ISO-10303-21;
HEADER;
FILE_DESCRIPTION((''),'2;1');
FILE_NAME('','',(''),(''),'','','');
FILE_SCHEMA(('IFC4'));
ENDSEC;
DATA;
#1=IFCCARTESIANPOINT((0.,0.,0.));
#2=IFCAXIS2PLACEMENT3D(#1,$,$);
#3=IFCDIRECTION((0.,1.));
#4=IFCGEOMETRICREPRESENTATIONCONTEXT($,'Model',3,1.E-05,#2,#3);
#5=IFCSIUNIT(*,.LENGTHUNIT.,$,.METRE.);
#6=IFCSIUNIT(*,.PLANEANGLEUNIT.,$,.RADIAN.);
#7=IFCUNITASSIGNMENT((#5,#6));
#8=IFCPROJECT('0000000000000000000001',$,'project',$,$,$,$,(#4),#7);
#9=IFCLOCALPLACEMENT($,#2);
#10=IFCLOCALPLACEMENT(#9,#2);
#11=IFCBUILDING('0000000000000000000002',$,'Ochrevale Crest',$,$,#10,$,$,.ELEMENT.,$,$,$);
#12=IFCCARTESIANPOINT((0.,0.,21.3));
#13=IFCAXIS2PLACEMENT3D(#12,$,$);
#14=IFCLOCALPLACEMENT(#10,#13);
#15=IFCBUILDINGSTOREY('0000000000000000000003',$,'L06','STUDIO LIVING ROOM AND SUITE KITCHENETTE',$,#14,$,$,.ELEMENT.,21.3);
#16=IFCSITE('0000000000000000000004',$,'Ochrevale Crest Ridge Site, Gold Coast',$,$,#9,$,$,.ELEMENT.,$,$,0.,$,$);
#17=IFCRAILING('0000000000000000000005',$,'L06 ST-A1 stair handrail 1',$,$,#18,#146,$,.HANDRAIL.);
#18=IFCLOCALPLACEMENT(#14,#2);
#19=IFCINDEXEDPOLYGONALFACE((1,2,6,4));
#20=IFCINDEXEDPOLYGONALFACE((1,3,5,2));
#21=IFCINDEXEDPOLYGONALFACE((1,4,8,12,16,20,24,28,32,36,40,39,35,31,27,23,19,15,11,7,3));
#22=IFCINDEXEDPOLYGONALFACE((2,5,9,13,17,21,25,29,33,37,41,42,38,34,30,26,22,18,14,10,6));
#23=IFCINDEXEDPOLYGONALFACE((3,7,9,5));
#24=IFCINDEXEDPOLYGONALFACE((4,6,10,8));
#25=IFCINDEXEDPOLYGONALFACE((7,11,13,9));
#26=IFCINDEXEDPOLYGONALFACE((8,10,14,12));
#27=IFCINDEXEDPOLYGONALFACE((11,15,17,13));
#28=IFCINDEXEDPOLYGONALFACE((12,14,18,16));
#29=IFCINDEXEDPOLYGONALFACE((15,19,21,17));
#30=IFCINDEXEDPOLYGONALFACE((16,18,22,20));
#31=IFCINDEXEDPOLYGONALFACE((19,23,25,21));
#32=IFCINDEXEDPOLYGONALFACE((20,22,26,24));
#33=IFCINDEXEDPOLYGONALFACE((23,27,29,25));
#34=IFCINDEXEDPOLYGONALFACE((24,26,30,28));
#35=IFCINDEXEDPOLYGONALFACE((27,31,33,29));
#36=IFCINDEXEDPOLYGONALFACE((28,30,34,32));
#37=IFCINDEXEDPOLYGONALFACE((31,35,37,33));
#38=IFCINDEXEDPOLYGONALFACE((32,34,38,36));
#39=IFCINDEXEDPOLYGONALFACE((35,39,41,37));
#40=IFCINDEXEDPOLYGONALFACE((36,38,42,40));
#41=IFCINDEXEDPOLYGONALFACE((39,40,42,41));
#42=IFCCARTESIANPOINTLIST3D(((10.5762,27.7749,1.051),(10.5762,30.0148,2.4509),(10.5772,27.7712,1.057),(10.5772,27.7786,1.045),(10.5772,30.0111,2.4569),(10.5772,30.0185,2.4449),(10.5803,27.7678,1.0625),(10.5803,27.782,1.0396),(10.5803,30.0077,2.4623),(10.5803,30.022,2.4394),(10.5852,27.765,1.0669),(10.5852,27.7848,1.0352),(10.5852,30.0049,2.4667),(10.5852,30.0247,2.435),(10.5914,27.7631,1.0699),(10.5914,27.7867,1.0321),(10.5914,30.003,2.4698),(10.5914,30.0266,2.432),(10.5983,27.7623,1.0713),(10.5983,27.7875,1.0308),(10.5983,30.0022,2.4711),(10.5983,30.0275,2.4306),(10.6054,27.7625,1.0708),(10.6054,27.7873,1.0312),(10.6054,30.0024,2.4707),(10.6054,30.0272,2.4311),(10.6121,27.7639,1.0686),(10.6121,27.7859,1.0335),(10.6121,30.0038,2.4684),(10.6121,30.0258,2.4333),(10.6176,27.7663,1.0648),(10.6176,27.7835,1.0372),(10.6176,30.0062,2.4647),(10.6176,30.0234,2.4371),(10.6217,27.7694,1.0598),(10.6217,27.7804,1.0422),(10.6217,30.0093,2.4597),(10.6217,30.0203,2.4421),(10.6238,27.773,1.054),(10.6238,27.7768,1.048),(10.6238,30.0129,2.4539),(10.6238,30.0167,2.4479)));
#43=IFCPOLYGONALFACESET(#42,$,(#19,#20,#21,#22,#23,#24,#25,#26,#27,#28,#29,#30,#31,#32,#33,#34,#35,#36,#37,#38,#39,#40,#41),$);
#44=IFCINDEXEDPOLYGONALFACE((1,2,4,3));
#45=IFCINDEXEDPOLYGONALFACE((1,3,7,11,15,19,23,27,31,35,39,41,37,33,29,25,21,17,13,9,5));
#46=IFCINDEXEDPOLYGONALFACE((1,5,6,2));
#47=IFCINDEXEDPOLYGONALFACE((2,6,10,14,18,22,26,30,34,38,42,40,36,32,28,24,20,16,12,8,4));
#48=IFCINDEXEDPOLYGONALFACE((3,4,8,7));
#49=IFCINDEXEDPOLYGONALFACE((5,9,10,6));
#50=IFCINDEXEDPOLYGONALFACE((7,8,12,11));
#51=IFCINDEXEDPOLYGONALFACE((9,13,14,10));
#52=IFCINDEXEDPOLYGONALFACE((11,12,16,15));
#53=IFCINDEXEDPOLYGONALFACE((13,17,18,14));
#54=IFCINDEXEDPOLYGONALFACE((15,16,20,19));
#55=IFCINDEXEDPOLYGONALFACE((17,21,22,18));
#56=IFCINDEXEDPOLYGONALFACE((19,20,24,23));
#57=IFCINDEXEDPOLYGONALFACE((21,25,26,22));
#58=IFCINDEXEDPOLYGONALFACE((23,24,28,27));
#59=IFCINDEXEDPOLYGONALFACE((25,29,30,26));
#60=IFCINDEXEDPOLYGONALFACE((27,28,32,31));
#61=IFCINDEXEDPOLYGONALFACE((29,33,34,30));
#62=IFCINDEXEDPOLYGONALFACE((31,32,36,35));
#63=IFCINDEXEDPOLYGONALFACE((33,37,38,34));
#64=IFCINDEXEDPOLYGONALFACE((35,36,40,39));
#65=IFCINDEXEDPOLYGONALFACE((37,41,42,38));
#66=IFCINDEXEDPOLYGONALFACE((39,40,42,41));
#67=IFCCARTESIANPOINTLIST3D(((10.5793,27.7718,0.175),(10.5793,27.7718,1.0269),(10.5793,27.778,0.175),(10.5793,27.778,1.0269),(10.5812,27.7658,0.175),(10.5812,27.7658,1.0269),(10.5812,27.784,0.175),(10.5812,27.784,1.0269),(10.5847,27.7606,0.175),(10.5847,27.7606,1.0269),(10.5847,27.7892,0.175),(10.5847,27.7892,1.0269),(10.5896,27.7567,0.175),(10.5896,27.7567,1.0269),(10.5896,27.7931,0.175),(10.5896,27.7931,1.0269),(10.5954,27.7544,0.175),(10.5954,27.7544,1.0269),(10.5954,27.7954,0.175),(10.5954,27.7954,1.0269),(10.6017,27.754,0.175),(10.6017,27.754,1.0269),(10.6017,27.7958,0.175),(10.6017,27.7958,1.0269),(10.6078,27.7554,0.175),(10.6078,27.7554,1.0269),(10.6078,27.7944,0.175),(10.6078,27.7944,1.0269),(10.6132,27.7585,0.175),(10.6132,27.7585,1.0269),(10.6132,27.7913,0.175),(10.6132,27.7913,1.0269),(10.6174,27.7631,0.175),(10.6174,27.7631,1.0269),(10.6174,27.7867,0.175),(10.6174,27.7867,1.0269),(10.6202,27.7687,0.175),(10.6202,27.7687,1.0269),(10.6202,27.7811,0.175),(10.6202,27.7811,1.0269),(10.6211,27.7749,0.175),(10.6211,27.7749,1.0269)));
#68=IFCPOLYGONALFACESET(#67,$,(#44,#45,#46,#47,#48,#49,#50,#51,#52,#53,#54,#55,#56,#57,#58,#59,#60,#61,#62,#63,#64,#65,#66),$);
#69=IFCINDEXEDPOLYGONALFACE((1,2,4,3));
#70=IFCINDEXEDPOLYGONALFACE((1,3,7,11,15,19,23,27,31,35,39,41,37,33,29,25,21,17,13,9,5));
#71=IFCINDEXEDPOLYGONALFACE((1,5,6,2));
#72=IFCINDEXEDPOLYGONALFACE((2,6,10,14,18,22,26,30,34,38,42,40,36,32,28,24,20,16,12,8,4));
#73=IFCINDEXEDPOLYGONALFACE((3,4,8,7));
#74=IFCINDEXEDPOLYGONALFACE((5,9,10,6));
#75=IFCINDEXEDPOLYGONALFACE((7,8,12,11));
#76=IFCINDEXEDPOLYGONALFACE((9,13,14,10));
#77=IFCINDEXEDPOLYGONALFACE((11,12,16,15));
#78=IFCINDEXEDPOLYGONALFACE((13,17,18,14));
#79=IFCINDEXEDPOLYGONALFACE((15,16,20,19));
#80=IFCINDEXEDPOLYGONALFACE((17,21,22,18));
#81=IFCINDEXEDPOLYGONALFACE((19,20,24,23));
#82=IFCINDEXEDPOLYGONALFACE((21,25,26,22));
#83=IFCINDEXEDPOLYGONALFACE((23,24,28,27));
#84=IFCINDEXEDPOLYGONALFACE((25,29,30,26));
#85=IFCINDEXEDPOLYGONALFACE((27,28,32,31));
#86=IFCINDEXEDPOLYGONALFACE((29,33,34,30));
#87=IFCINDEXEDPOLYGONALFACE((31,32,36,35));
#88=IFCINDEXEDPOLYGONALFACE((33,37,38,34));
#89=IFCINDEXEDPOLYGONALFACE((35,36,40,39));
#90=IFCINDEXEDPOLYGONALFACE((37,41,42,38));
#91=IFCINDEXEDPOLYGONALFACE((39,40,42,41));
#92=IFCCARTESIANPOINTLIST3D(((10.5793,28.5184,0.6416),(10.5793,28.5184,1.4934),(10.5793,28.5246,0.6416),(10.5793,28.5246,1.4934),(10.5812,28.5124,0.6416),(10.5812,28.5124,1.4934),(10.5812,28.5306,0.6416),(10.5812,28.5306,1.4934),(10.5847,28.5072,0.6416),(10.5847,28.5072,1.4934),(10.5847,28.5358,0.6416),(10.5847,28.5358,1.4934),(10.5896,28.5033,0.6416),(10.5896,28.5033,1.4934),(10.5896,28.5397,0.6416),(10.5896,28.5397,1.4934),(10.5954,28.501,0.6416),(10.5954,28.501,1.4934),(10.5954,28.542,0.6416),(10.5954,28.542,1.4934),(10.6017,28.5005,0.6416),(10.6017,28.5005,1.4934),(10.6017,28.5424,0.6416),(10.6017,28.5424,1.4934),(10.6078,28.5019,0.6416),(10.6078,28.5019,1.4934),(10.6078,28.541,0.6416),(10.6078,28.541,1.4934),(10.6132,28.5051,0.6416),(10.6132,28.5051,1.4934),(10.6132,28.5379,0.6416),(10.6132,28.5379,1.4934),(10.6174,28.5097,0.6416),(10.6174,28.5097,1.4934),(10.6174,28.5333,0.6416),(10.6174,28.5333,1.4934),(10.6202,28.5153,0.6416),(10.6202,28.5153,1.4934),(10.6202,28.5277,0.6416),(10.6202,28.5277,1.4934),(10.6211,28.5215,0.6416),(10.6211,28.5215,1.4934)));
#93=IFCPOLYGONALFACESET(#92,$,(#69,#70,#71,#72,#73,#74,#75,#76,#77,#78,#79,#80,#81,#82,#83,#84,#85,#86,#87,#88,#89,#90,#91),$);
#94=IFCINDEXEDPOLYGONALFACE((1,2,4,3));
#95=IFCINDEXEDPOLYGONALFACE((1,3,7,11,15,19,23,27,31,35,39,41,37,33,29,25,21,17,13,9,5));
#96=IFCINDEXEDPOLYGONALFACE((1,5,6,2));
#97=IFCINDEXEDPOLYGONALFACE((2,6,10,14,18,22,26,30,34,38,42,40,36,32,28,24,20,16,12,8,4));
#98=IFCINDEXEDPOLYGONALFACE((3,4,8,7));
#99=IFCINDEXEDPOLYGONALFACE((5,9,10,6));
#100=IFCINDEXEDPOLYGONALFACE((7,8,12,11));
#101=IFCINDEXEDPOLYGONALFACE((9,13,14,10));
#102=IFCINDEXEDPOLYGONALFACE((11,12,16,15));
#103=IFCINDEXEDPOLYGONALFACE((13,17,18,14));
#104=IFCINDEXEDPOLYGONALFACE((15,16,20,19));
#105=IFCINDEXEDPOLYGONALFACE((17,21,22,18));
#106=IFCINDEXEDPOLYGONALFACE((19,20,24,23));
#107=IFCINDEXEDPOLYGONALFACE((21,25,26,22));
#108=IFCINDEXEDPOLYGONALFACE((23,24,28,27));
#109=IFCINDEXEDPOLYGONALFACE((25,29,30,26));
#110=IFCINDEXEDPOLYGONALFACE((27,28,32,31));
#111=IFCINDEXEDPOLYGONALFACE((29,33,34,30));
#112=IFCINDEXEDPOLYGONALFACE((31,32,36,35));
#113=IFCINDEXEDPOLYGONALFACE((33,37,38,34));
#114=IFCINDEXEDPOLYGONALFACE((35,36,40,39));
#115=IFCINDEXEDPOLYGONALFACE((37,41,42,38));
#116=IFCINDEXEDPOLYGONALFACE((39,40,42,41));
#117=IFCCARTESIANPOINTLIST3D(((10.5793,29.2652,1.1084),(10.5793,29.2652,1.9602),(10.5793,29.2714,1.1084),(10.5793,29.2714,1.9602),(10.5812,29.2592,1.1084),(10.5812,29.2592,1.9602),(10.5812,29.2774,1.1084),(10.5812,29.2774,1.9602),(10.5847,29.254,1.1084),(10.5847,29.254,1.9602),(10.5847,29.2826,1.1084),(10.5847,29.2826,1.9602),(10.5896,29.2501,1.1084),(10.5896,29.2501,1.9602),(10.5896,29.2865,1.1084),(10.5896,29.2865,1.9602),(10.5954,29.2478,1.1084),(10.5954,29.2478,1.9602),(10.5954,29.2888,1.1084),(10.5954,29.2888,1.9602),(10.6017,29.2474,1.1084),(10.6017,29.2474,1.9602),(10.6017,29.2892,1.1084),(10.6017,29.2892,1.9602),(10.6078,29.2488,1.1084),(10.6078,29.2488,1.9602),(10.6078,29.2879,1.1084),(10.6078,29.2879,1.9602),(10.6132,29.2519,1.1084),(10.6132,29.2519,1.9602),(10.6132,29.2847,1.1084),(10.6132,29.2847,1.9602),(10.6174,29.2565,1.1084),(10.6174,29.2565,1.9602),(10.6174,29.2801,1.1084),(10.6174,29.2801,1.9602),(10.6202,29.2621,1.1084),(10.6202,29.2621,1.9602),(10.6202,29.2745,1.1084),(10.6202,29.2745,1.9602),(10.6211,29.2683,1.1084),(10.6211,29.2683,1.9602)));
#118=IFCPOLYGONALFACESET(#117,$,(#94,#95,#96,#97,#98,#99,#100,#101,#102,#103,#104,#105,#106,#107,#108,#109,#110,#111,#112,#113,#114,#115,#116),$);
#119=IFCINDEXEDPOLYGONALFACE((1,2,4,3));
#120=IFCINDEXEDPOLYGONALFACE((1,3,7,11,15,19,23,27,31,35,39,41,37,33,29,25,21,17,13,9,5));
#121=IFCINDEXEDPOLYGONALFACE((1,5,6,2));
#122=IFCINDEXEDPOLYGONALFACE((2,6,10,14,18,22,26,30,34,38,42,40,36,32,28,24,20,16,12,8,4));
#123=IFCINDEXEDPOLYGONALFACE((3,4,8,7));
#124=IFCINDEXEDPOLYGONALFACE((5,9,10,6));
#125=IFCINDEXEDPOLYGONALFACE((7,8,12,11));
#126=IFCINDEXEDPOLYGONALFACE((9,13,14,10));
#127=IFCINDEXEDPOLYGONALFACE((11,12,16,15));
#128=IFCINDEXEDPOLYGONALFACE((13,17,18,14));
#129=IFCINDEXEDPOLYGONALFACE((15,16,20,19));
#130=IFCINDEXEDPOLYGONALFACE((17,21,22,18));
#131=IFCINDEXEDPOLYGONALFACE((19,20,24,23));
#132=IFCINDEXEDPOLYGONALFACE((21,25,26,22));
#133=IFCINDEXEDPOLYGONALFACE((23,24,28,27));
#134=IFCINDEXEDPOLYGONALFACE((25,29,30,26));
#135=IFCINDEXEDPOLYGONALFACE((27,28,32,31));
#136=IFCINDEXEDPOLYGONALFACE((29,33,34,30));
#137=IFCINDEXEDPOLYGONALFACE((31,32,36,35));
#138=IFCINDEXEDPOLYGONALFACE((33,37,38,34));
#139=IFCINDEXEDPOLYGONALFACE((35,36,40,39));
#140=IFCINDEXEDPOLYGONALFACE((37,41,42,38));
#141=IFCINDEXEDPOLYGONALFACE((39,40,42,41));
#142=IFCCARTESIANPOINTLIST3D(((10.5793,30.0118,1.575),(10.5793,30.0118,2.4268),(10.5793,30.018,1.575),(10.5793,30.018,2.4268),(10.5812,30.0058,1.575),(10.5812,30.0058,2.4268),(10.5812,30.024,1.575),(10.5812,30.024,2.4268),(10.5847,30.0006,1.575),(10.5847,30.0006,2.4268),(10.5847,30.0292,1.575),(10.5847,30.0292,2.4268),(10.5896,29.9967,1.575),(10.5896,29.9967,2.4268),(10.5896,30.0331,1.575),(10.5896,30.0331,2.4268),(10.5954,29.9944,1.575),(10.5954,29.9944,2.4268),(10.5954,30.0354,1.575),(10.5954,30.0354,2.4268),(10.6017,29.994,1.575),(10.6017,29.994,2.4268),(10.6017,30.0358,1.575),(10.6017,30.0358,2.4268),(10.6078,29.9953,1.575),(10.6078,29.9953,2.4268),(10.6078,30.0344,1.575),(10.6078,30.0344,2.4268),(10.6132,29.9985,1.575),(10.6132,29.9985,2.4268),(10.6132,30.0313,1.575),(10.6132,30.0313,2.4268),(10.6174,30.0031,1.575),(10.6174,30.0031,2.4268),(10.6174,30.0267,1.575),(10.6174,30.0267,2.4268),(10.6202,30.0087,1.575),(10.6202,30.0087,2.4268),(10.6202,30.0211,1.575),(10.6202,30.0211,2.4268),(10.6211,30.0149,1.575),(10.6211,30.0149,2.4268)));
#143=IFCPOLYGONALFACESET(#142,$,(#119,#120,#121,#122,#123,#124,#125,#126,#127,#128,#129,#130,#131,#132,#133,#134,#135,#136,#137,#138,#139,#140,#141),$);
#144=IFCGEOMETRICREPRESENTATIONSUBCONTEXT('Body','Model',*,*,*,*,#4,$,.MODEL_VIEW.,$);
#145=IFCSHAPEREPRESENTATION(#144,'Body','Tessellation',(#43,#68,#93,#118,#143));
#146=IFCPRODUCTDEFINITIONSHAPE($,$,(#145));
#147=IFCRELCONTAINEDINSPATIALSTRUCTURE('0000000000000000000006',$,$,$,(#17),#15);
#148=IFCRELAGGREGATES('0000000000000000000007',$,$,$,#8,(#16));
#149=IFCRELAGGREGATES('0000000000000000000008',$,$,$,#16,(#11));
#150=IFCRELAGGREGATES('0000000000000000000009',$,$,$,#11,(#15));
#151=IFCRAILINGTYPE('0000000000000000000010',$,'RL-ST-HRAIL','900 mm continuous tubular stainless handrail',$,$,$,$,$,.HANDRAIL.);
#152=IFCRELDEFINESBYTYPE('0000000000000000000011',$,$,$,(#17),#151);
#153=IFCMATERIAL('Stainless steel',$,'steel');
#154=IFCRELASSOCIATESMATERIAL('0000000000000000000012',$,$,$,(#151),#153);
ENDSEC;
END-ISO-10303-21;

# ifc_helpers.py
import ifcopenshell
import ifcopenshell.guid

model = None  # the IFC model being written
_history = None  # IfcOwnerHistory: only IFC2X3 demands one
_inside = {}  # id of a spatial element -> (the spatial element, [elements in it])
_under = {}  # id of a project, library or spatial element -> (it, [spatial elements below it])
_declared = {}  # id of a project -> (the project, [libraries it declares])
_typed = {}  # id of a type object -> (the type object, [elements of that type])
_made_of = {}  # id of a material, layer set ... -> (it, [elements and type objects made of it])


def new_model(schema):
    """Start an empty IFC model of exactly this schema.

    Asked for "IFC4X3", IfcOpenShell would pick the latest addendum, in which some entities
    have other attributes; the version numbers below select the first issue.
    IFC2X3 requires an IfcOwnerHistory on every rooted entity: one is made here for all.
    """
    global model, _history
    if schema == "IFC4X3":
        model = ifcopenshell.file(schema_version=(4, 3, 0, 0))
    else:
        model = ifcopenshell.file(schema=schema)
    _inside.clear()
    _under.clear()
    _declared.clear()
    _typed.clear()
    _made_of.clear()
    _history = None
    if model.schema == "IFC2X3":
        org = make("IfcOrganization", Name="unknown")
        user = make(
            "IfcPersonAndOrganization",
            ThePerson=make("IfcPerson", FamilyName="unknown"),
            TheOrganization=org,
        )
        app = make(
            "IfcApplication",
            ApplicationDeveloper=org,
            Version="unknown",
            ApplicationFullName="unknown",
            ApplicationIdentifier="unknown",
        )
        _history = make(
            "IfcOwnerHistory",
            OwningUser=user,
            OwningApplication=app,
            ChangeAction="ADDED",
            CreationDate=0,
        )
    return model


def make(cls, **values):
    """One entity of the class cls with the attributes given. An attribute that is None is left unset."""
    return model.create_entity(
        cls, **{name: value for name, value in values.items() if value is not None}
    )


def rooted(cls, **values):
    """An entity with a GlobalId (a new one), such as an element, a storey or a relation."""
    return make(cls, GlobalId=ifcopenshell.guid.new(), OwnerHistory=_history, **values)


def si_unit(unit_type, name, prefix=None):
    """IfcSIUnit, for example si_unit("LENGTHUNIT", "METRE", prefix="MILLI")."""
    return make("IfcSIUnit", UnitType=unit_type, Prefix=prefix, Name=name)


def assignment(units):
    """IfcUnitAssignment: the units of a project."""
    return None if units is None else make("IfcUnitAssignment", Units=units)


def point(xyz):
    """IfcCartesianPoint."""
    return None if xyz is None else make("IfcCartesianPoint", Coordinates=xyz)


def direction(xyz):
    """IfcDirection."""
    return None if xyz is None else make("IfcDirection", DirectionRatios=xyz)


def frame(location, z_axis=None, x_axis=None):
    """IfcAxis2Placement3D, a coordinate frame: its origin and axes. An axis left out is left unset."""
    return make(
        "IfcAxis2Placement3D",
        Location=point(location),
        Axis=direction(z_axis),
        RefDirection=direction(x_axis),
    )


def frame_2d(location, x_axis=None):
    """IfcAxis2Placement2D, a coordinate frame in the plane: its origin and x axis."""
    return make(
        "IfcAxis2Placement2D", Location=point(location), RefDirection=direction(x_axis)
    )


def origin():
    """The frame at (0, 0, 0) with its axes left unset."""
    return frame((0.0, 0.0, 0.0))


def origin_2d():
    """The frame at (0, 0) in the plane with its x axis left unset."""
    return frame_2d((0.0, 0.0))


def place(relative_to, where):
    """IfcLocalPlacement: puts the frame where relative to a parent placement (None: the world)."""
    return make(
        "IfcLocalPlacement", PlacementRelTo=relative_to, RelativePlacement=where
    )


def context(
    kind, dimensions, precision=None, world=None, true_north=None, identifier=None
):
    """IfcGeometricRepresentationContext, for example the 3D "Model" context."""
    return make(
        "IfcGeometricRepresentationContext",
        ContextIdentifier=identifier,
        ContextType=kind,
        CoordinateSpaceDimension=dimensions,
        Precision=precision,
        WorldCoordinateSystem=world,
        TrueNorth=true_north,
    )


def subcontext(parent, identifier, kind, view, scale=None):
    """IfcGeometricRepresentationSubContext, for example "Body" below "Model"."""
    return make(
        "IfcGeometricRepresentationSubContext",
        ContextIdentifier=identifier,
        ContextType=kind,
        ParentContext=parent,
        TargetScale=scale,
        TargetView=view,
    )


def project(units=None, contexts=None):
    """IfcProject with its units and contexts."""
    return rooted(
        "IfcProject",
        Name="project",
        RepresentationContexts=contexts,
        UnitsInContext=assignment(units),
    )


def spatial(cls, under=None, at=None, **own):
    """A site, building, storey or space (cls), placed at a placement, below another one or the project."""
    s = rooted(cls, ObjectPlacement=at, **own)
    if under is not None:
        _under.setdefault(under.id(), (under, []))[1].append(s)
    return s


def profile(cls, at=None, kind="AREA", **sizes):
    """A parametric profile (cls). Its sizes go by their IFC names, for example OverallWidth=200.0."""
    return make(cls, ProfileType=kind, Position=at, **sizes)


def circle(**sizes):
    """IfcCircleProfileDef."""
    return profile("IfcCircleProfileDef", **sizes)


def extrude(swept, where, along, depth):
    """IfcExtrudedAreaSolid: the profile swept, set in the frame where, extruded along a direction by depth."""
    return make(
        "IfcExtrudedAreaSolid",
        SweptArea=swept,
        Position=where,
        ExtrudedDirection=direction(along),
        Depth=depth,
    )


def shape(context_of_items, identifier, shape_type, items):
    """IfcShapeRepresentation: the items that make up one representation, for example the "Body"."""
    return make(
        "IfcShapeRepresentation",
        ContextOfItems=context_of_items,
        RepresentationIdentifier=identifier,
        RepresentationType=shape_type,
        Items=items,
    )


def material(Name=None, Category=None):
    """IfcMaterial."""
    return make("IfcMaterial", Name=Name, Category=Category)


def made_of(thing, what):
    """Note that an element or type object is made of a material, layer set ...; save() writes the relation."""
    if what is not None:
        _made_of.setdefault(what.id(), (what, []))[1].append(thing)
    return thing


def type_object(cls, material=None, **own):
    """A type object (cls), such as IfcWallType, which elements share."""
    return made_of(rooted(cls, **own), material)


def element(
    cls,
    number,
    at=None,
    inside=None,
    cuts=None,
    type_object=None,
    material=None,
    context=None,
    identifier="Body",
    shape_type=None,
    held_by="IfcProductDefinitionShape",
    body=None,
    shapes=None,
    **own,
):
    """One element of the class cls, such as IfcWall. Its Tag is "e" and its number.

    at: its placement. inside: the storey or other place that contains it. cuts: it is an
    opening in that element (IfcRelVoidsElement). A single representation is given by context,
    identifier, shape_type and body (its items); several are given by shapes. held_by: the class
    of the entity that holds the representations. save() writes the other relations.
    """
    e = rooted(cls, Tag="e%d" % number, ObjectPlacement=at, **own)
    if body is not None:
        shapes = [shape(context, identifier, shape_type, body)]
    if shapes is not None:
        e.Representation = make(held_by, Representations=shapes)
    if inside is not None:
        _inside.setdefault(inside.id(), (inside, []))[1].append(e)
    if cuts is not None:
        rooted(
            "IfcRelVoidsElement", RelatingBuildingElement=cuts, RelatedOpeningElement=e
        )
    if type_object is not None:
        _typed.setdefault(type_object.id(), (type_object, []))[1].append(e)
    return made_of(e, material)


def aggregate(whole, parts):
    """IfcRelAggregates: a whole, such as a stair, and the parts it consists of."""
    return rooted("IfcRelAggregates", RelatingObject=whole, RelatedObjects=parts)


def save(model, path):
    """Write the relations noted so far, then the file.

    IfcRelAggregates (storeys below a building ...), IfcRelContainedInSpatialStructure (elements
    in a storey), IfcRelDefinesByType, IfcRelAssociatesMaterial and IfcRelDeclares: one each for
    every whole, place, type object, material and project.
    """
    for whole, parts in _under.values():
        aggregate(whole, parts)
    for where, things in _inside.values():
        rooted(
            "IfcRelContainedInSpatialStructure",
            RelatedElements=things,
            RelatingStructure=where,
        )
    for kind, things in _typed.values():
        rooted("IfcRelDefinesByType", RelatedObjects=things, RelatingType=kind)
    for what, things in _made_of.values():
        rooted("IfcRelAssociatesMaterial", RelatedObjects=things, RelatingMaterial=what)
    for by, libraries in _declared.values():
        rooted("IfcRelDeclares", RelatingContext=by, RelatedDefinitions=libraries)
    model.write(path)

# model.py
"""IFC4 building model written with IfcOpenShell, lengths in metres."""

from ifc_helpers import new_model, si_unit, direction, frame, origin, origin_2d, place, context, subcontext, project, spatial, circle, extrude, material, type_object, element, save


model = new_model("IFC4")

# Units and contexts
model_context = context("Model", 3, precision=1e-05, world=origin(), true_north=direction((0.0, 1.0)))
body_context = subcontext(model_context, "Body", "Model", "MODEL_VIEW")
ifc_project = project(units=[si_unit("LENGTHUNIT", "METRE"), si_unit("PLANEANGLEUNIT", "RADIAN")], contexts=[model_context])

# Site, building, storey
site_placement = place(None, origin())
site = spatial("IfcSite", under=ifc_project, at=site_placement, Name="Ochrevale Crest Ridge Site, Gold Coast", CompositionType="ELEMENT", RefElevation=0.0)
building_placement = place(site_placement, origin())
building = spatial("IfcBuilding", under=site, at=building_placement, Name="Ochrevale Crest", CompositionType="ELEMENT")
storey_placement = place(building_placement, frame((0.0, 0.0, 21.3)))
storey = spatial("IfcBuildingStorey", under=building, at=storey_placement, Name="L06", Description="STUDIO LIVING ROOM AND SUITE KITCHENETTE", CompositionType="ELEMENT", Elevation=21.3)

# Railing
ifc_material_1 = material(Name="Stainless steel", Category="steel")
railing_type_1 = type_object("IfcRailingType", Name="RL-ST-HRAIL", Description="900 mm continuous tubular stainless handrail", PredefinedType="HANDRAIL", material=ifc_material_1)
railing_1_placement = place(storey_placement, frame((10.6001, 27.7749, 0.175)))
element("IfcRailing", 1, at=railing_1_placement, inside=storey, type_object=railing_type_1, Name="L06 ST-A1 stair handrail 1", PredefinedType="HANDRAIL", context=body_context, shape_type="SweptSolid", body=[
    extrude(circle(Radius=0.0239, at=origin_2d()), frame((0.0, 0.0, 0.876), z_axis=(0.0, 0.848014, 0.529974), x_axis=(-1.0, 0.0, 0.0)), (0.0, 0.0, 1.0), 2.6414),
    extrude(circle(Radius=0.021, at=origin_2d()), origin(), (0.0, 0.0, 1.0), 0.8518),
    extrude(circle(Radius=0.021, at=origin_2d()), frame((0.0, 0.7466, 0.4666)), (0.0, 0.0, 1.0), 0.8518),
    extrude(circle(Radius=0.021, at=origin_2d()), frame((0.0, 1.4934, 0.9333)), (0.0, 0.0, 1.0), 0.8518),
    extrude(circle(Radius=0.021, at=origin_2d()), frame((0.0, 2.24, 1.3999)), (0.0, 0.0, 1.0), 0.8518),
])

save(model, "model.ifc")
